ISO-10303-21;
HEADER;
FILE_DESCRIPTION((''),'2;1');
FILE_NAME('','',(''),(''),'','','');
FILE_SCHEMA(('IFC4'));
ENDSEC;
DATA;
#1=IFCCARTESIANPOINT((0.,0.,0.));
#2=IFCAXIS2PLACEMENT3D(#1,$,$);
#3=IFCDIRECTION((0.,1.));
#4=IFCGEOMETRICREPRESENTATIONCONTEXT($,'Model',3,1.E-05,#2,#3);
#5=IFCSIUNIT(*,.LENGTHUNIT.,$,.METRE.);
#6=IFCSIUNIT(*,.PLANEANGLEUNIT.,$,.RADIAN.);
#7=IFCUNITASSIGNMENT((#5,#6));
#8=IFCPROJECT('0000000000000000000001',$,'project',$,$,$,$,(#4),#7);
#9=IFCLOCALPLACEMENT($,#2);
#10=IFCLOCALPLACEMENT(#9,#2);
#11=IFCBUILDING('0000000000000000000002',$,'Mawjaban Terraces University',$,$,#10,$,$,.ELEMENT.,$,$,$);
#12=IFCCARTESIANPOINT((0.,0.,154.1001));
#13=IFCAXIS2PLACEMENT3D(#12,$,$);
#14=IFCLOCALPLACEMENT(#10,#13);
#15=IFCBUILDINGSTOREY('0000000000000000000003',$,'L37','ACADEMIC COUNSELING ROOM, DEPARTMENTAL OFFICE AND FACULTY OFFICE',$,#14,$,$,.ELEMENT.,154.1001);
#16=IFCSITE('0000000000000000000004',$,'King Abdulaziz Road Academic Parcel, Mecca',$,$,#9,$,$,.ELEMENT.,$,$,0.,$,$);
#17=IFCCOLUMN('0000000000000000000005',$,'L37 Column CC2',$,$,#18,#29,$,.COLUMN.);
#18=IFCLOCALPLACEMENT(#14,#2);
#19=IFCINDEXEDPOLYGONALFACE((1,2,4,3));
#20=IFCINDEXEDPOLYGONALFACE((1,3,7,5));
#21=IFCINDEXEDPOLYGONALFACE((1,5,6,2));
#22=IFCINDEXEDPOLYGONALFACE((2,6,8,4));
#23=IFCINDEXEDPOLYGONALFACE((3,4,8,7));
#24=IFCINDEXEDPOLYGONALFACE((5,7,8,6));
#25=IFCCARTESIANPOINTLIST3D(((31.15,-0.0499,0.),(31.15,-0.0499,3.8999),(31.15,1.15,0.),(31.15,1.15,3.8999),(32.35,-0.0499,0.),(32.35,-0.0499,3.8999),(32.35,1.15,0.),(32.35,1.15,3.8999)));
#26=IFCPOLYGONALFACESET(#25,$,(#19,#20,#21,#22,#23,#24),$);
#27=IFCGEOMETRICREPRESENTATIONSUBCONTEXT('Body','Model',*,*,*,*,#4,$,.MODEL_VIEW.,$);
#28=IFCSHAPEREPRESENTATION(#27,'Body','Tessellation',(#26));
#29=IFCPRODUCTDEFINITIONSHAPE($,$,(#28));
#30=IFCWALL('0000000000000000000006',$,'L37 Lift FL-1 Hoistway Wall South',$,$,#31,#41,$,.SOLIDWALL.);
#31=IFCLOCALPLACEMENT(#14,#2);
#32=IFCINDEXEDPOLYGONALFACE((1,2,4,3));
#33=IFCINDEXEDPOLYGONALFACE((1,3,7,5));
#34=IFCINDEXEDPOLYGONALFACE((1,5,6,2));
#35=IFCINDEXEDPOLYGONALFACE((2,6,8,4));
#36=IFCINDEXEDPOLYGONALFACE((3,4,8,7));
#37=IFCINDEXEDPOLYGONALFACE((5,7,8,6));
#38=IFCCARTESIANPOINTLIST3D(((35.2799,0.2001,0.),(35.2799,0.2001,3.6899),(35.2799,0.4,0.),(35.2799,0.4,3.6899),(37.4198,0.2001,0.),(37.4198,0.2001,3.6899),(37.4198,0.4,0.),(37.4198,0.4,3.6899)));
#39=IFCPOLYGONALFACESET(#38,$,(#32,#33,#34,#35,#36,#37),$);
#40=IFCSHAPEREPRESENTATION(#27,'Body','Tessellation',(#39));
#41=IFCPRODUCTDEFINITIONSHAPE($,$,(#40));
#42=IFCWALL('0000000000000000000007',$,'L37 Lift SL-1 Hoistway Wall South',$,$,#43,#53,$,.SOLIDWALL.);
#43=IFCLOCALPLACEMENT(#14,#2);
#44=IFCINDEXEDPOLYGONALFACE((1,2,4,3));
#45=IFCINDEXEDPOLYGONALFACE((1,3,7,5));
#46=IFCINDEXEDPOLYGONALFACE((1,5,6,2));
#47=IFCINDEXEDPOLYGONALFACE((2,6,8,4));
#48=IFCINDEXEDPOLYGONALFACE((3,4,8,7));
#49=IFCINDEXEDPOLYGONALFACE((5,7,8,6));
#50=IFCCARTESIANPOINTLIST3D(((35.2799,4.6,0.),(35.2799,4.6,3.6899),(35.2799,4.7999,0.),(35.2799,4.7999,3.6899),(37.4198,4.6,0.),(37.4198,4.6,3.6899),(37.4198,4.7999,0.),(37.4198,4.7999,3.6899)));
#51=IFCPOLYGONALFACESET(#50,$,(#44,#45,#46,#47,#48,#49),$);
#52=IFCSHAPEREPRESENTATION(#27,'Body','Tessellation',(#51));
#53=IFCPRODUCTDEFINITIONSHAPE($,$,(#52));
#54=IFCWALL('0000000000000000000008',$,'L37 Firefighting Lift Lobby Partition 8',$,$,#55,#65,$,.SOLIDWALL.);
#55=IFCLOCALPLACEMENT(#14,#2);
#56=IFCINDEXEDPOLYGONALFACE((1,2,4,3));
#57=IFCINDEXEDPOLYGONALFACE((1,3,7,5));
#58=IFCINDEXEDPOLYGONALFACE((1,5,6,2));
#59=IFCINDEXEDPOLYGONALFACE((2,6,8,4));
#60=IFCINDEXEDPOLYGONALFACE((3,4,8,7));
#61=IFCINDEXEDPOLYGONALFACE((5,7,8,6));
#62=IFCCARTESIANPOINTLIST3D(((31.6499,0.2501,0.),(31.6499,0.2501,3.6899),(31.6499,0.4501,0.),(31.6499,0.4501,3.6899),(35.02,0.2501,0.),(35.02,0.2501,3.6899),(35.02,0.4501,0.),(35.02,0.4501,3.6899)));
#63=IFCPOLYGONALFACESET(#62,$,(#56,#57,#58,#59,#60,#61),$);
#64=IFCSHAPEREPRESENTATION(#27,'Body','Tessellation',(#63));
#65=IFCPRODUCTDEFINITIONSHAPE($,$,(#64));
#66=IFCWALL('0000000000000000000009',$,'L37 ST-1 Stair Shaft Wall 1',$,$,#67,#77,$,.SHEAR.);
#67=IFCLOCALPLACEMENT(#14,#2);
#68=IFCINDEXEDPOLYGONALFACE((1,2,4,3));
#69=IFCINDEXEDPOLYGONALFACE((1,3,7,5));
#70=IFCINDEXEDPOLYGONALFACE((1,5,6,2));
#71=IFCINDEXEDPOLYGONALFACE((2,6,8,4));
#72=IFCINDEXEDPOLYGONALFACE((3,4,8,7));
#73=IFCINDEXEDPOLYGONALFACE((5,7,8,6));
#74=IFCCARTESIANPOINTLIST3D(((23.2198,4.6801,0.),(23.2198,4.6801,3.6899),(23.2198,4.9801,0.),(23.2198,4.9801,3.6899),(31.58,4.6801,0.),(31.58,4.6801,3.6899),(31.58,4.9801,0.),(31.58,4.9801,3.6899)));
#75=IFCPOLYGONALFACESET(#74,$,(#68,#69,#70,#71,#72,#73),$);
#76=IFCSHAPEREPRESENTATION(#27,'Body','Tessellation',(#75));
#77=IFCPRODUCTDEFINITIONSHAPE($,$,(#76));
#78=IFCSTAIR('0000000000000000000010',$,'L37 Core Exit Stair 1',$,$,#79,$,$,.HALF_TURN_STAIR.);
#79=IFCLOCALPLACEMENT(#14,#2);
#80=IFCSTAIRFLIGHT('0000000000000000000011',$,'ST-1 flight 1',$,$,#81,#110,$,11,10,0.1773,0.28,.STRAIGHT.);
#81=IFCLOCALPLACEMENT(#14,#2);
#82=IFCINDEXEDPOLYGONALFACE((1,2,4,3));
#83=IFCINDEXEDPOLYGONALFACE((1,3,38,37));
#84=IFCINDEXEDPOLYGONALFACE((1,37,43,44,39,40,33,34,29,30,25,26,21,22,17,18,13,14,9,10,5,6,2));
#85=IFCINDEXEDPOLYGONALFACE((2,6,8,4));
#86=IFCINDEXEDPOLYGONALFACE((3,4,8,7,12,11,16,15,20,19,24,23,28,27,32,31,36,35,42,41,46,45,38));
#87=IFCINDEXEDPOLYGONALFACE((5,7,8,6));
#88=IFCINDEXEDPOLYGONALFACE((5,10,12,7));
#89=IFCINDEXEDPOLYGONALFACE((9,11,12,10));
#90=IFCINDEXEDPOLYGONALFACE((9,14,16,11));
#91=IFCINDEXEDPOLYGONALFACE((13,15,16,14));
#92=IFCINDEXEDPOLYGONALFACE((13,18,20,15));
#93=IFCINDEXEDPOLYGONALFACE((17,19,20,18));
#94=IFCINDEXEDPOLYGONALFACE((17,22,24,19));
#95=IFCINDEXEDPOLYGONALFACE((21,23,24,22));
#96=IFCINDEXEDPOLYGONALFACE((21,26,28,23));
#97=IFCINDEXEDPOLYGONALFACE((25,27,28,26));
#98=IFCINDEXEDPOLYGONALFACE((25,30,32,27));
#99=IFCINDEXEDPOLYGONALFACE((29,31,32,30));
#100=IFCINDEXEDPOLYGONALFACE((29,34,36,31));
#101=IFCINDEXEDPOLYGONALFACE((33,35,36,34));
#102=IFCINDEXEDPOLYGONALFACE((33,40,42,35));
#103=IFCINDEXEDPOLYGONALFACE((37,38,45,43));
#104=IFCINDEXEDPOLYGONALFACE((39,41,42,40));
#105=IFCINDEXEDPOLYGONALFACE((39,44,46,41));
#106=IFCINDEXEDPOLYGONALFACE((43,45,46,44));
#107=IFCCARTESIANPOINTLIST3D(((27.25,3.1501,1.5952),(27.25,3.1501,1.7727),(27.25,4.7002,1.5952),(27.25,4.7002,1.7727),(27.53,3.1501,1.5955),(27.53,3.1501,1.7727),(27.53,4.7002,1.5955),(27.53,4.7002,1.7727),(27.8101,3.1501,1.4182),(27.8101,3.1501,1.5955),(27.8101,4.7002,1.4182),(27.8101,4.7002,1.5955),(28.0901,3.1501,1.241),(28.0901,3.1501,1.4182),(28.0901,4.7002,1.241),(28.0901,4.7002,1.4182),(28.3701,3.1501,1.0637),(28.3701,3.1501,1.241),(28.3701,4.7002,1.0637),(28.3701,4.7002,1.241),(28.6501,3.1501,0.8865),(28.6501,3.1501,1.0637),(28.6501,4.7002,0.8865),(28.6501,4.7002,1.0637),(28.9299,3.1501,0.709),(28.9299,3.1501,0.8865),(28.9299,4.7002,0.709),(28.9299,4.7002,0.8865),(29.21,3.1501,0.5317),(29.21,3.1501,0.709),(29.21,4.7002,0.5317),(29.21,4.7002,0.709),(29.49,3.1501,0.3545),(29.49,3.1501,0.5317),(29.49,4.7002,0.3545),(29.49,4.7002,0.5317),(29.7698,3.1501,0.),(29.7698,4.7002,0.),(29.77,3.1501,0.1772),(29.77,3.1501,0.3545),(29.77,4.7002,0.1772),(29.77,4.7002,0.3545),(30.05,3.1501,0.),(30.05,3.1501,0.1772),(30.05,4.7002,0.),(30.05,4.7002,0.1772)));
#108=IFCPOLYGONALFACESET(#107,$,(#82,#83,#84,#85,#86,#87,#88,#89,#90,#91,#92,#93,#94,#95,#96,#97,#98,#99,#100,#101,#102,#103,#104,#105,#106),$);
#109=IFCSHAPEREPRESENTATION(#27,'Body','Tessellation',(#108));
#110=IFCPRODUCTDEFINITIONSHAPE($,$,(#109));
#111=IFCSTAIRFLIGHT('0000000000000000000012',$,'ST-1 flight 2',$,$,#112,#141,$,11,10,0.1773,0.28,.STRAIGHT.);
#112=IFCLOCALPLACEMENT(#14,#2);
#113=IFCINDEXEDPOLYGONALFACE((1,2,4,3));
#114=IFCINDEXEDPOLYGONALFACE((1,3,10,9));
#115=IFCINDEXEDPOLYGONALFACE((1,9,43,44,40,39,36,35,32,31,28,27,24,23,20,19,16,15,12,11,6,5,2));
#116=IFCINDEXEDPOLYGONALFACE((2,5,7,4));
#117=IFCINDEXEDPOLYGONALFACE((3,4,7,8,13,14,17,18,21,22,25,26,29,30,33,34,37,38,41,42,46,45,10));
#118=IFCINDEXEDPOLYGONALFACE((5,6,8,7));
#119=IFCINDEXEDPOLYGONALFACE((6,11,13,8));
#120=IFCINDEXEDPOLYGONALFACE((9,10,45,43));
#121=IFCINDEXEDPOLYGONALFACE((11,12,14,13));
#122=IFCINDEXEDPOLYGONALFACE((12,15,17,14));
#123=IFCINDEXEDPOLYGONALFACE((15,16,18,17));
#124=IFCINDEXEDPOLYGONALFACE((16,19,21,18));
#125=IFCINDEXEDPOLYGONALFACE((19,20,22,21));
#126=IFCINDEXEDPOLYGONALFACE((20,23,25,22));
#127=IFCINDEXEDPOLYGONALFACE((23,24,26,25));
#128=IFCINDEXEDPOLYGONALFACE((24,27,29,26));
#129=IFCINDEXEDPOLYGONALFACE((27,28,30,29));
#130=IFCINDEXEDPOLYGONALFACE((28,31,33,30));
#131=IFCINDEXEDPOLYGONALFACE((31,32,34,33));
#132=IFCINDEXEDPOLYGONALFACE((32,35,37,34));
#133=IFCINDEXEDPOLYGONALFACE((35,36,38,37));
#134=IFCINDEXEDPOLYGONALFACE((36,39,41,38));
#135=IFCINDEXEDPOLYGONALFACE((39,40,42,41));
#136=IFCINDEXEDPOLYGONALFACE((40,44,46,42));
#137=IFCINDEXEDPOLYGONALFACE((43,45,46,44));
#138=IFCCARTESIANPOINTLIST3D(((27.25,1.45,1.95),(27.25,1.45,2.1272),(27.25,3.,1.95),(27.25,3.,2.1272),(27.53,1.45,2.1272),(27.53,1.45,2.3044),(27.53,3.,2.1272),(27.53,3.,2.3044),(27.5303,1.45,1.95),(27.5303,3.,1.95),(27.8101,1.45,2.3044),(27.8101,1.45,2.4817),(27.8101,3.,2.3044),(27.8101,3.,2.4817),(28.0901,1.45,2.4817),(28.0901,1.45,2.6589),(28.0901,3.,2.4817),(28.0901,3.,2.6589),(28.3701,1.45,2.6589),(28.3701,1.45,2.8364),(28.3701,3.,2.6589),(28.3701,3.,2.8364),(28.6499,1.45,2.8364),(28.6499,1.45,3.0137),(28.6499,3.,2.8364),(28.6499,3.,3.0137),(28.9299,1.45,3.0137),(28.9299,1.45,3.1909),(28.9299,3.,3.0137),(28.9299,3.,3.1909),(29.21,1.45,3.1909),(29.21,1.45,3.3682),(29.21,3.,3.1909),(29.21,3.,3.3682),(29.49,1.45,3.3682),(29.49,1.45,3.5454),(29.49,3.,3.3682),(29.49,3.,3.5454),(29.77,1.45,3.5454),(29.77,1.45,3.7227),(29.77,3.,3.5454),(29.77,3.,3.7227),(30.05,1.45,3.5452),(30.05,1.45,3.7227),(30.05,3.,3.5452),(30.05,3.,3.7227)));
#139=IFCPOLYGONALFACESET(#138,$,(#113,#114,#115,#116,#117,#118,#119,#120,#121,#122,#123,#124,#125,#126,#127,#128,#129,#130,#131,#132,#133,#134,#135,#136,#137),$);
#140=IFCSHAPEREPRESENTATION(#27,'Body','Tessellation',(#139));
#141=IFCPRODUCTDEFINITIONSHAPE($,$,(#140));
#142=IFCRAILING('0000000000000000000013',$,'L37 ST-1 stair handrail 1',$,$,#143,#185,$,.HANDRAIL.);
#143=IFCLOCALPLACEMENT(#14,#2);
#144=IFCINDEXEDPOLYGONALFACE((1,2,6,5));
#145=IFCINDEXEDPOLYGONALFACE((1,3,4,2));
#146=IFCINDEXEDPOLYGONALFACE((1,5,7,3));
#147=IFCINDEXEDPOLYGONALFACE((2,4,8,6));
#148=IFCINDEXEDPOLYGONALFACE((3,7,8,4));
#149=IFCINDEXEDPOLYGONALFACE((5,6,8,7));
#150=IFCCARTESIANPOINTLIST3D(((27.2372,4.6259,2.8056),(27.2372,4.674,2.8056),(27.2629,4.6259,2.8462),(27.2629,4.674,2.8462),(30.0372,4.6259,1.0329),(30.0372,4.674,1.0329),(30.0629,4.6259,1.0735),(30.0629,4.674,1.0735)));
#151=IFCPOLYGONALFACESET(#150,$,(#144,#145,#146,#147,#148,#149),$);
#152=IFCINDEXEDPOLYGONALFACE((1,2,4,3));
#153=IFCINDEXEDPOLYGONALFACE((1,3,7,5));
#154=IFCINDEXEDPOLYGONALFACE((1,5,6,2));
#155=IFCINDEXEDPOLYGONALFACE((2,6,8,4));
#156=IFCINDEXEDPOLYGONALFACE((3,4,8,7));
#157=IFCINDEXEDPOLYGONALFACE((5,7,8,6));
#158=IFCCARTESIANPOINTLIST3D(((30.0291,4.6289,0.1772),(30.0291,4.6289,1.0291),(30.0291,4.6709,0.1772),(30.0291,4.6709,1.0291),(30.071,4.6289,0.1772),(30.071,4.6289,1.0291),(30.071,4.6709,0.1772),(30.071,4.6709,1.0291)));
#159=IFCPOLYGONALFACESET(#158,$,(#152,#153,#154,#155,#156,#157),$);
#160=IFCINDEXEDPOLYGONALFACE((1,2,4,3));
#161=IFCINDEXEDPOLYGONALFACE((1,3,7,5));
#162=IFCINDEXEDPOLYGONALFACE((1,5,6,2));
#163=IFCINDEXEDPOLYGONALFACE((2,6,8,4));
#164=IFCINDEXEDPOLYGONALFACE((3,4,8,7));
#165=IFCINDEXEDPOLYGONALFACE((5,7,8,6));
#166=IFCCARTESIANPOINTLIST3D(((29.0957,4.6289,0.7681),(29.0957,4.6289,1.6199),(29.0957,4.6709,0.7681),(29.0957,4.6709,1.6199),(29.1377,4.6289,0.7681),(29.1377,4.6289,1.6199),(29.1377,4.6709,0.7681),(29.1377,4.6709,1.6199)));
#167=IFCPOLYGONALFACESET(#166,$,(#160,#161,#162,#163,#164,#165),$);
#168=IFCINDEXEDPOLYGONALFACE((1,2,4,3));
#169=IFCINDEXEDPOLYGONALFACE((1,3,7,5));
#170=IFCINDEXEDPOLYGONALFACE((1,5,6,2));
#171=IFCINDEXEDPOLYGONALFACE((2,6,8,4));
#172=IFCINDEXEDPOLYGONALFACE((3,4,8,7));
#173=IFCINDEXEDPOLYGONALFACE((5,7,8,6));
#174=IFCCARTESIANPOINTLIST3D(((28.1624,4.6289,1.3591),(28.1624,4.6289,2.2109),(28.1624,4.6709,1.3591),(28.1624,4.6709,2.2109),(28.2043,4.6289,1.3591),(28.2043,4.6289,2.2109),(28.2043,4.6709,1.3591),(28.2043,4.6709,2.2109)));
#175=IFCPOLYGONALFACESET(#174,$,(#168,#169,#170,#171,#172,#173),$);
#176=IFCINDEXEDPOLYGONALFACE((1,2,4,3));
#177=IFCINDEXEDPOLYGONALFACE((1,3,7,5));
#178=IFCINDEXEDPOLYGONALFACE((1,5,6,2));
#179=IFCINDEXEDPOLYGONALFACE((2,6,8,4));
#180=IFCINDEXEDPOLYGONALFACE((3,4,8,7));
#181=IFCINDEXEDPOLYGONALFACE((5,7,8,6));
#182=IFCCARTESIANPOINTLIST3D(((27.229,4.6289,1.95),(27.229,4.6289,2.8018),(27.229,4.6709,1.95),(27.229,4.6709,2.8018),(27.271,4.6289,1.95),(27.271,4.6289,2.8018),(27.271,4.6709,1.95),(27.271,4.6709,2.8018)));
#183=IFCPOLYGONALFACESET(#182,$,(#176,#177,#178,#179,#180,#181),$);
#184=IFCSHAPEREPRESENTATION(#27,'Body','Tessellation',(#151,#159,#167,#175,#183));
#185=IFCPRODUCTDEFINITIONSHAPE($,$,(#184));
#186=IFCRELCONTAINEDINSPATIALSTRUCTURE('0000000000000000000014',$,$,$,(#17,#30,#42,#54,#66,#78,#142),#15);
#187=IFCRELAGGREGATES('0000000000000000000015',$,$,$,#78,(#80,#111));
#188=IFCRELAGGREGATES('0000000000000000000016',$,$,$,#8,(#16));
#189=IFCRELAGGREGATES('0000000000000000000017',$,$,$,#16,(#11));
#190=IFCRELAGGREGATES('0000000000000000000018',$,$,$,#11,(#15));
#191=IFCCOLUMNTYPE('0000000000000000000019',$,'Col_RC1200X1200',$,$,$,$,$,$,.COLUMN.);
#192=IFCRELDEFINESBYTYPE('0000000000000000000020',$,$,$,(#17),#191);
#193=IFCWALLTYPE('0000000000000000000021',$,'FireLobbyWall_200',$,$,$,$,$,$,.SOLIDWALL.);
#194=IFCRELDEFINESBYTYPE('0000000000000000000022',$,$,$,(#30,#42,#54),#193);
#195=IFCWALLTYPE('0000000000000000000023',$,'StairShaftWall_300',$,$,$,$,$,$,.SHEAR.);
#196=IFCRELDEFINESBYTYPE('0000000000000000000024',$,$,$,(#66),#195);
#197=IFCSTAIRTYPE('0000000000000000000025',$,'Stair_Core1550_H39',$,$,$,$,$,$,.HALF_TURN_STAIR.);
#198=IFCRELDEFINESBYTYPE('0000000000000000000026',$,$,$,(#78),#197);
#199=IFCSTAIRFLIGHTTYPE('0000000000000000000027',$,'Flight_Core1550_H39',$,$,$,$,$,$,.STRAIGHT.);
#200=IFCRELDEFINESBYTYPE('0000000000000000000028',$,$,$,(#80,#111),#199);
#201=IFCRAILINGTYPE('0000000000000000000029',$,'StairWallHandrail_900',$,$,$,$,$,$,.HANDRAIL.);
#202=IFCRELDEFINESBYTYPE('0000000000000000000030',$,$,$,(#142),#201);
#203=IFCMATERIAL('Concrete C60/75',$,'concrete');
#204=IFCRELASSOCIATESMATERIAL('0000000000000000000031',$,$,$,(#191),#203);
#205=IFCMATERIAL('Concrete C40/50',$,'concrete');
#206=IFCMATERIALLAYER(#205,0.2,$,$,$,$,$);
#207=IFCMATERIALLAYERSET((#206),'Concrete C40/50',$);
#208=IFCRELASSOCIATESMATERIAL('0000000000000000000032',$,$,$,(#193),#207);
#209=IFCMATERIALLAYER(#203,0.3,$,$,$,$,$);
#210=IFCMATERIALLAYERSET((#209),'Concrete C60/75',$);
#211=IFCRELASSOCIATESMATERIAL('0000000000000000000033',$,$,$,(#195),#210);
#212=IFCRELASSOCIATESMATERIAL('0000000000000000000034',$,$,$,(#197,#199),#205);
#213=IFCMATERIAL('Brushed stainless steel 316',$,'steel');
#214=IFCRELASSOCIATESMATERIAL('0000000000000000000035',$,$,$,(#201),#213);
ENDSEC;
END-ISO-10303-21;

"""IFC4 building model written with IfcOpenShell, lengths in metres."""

from ifc_helpers import new_model, si_unit, direction, frame, frame_2d, origin, origin_2d, place, context, subcontext, project, spatial, polyline, rectangle, outline, extrude, material, layer, layer_set, material_profile, profile_set, type_object, element, aggregate, save


model = new_model("IFC4")

# Units and contexts
model_context = context("Model", 3, precision=1e-05, world=origin(), true_north=direction((0.0, 1.0)))
body_context = subcontext(model_context, "Body", "Model", "MODEL_VIEW")
ifc_project = project(units=[si_unit("LENGTHUNIT", "METRE"), si_unit("PLANEANGLEUNIT", "RADIAN")], contexts=[model_context])

# Site, building, storey
site_placement = place(None, origin())
site = spatial("IfcSite", under=ifc_project, at=site_placement, Name="King Abdulaziz Road Academic Parcel, Mecca", CompositionType="ELEMENT", RefElevation=0.0)
building_placement = place(site_placement, origin())
building = spatial("IfcBuilding", under=site, at=building_placement, Name="Mawjaban Terraces University", CompositionType="ELEMENT")
storey_placement = place(building_placement, frame((0.0, 0.0, 154.1001)))
storey = spatial("IfcBuildingStorey", under=building, at=storey_placement, Name="L37", Description="ACADEMIC COUNSELING ROOM, DEPARTMENTAL OFFICE AND FACULTY OFFICE", CompositionType="ELEMENT", Elevation=154.1001)

# Column
ifc_material_1 = material(Name="Concrete C60/75", Category="concrete")
ifc_material_profile = material_profile(ifc_material_1, rectangle(XDim=1.2, YDim=1.2, at=origin_2d()), Name="RC1200X1200")
ifc_profile_set = profile_set([ifc_material_profile], Name="Concrete C60/75")
column_type = type_object("IfcColumnType", Name="Col_RC1200X1200", PredefinedType="COLUMN", material=ifc_profile_set)
column_placement = place(storey_placement, frame((31.75, 0.55, 0.0), z_axis=(0.0, 0.0, 1.0), x_axis=(1.0, 0.0, 0.0)))
element("IfcColumn", 1, at=column_placement, inside=storey, type_object=column_type, Name="L37 Column CC2", PredefinedType="COLUMN", context=body_context, shape_type="SweptSolid", body=[
    extrude(rectangle(XDim=1.2, YDim=1.2, at=origin_2d()), origin(), (0.0, 0.0, 1.0), 3.8999),
])

# Shared definitions
ifc_material_2 = material(Name="Concrete C40/50", Category="concrete")
ifc_layer_1 = layer(ifc_material_2, 0.2)
ifc_layer_set_1 = layer_set([ifc_layer_1], Name="Concrete C40/50")
wall_type_1 = type_object("IfcWallType", Name="FireLobbyWall_200", PredefinedType="SOLIDWALL", material=ifc_layer_set_1)

# Wall
wall_1_placement = place(storey_placement, frame((35.28, 0.3, 0.0), z_axis=(0.0, 0.0, 1.0), x_axis=(1.0, 0.0, 0.0)))
element("IfcWall", 2, at=wall_1_placement, inside=storey, type_object=wall_type_1, Name="L37 Lift FL-1 Hoistway Wall South", PredefinedType="SOLIDWALL", context=body_context, shape_type="SweptSolid", body=[
    extrude(rectangle(XDim=2.1399, YDim=0.2, at=frame_2d((1.0698, 0.0))), origin(), (0.0, 0.0, 1.0), 3.6899),
])

# Walls
wall_2_placement = place(storey_placement, frame((35.28, 4.7, 0.0), z_axis=(0.0, 0.0, 1.0), x_axis=(1.0, 0.0, 0.0)))
element("IfcWall", 3, at=wall_2_placement, inside=storey, type_object=wall_type_1, Name="L37 Lift SL-1 Hoistway Wall South", PredefinedType="SOLIDWALL", context=body_context, shape_type="SweptSolid", body=[
    extrude(rectangle(XDim=2.1399, YDim=0.2, at=frame_2d((1.0698, 0.0))), origin(), (0.0, 0.0, 1.0), 3.6899),
])
wall_3_placement = place(storey_placement, frame((31.6499, 0.3501, 0.0), z_axis=(0.0, 0.0, 1.0), x_axis=(1.0, 0.0, 0.0)))
element("IfcWall", 4, at=wall_3_placement, inside=storey, type_object=wall_type_1, Name="L37 Firefighting Lift Lobby Partition 8", PredefinedType="SOLIDWALL", context=body_context, shape_type="SweptSolid", body=[
    extrude(rectangle(XDim=3.3701, YDim=0.2, at=frame_2d((1.6851, 0.0))), origin(), (0.0, 0.0, 1.0), 3.6899),
])

# Wall
ifc_layer_2 = layer(ifc_material_1, 0.3)
ifc_layer_set_2 = layer_set([ifc_layer_2], Name="Concrete C60/75")
wall_type_2 = type_object("IfcWallType", Name="StairShaftWall_300", PredefinedType="SHEAR", material=ifc_layer_set_2)
wall_4_placement = place(storey_placement, frame((31.5801, 4.8301, 0.0), z_axis=(0.0, 0.0, 1.0), x_axis=(-1.0, 0.0, 0.0)))
element("IfcWall", 5, at=wall_4_placement, inside=storey, type_object=wall_type_2, Name="L37 ST-1 Stair Shaft Wall 1", PredefinedType="SHEAR", context=body_context, shape_type="SweptSolid", body=[
    extrude(rectangle(XDim=8.3601, YDim=0.3, at=frame_2d((4.1802, 0.0))), origin(), (0.0, 0.0, 1.0), 3.6899),
])

# Stair, stair flights
stair_type = type_object("IfcStairType", Name="Stair_Core1550_H39", PredefinedType="HALF_TURN_STAIR", material=ifc_material_2)
stair_placement = place(storey_placement, origin())
stair = element("IfcStair", 6, at=stair_placement, inside=storey, type_object=stair_type, Name="L37 Core Exit Stair 1", PredefinedType="HALF_TURN_STAIR")
stair_flight_type = type_object("IfcStairFlightType", Name="Flight_Core1550_H39", PredefinedType="STRAIGHT", material=ifc_material_2)
stair_flight_1_placement = place(storey_placement, frame((30.05, 3.925, 0.0), z_axis=(0.0, 0.0, 1.0), x_axis=(-1.0, 0.0, 0.0)))
stair_flight_1 = element("IfcStairFlight", 7, at=stair_flight_1_placement, type_object=stair_flight_type, Name="ST-1 flight 1", NumberOfRisers=11, NumberOfTreads=10, PredefinedType="STRAIGHT", RiserHeight=0.1773, TreadLength=0.28, context=body_context, shape_type="SweptSolid", body=[
    extrude(outline(polyline([(0.0, 0.0), (0.0, 0.1772), (0.28, 0.1772), (0.28, 0.3545), (0.5601, 0.3545), (0.5601, 0.5317), (0.8401, 0.5317), (0.8401, 0.709), (1.1201, 0.709), (1.1201, 0.8865), (1.3999, 0.8865), (1.3999, 1.0637), (1.6799, 1.0637), (1.6799, 1.241), (1.96, 1.241), (1.96, 1.4182), (2.24, 1.4182), (2.24, 1.5955), (2.52, 1.5955), (2.52, 1.7727), (2.8, 1.7727), (2.8, 1.95), (2.8, 1.5952), (0.2803, 0.0), (0.0, 0.0)])), frame((0.0, 0.7749, 0.0), z_axis=(0.0, -1.0, 0.0), x_axis=(1.0, 0.0, 0.0)), (0.0, 0.0, 1.0), 1.55),
])
stair_flight_2_placement = place(storey_placement, frame((27.25, 2.2251, 1.95), z_axis=(0.0, 0.0, 1.0), x_axis=(1.0, 0.0, 0.0)))
stair_flight_2 = element("IfcStairFlight", 8, at=stair_flight_2_placement, type_object=stair_flight_type, Name="ST-1 flight 2", NumberOfRisers=11, NumberOfTreads=10, PredefinedType="STRAIGHT", RiserHeight=0.1773, TreadLength=0.28, context=body_context, shape_type="SweptSolid", body=[
    extrude(outline(polyline([(0.0, 0.0), (0.0, 0.1772), (0.28, 0.1772), (0.28, 0.3545), (0.5601, 0.3545), (0.5601, 0.5317), (0.8401, 0.5317), (0.8401, 0.709), (1.1201, 0.709), (1.1201, 0.8865), (1.3999, 0.8865), (1.3999, 1.0637), (1.6799, 1.0637), (1.6799, 1.241), (1.96, 1.241), (1.96, 1.4182), (2.24, 1.4182), (2.24, 1.5955), (2.52, 1.5955), (2.52, 1.7727), (2.8, 1.7727), (2.8, 1.95), (2.8, 1.5952), (0.2803, 0.0), (0.0, 0.0)])), frame((0.0, 0.7749, 0.0), z_axis=(0.0, -1.0, 0.0), x_axis=(1.0, 0.0, 0.0)), (0.0, 0.0, 1.0), 1.55),
])
aggregate(stair, [stair_flight_1, stair_flight_2])

# Railing
ifc_material_3 = material(Name="Brushed stainless steel 316", Category="steel")
railing_type_1 = type_object("IfcRailingType", Name="StairWallHandrail_900", PredefinedType="HANDRAIL", material=ifc_material_3)
railing_1_placement = place(storey_placement, frame((30.05, 4.6499, 0.1772)))
element("IfcRailing", 9, at=railing_1_placement, inside=storey, type_object=railing_type_1, Name="L37 ST-1 stair handrail 1", PredefinedType="HANDRAIL", context=body_context, shape_type="SweptSolid", body=[
    extrude(rectangle(XDim=0.0481, YDim=0.0481, at=origin_2d()), frame((0.0, 0.0, 0.876), z_axis=(-0.844909, 0.0, 0.53491), x_axis=(0.0, -1.0, 0.0)), (0.0, 0.0, 1.0), 3.314),
    extrude(rectangle(XDim=0.042, YDim=0.042, at=origin_2d()), origin(), (0.0, 0.0, 1.0), 0.8518),
    extrude(rectangle(XDim=0.042, YDim=0.042, at=origin_2d()), frame((-0.9333, 0.0, 0.5908)), (0.0, 0.0, 1.0), 0.8518),
    extrude(rectangle(XDim=0.042, YDim=0.042, at=origin_2d()), frame((-1.8667, 0.0, 1.1819)), (0.0, 0.0, 1.0), 0.8518),
    extrude(rectangle(XDim=0.042, YDim=0.042, at=origin_2d()), frame((-2.8, 0.0, 1.7727)), (0.0, 0.0, 1.0), 0.8518),
])

save(model, "model.ifc")
